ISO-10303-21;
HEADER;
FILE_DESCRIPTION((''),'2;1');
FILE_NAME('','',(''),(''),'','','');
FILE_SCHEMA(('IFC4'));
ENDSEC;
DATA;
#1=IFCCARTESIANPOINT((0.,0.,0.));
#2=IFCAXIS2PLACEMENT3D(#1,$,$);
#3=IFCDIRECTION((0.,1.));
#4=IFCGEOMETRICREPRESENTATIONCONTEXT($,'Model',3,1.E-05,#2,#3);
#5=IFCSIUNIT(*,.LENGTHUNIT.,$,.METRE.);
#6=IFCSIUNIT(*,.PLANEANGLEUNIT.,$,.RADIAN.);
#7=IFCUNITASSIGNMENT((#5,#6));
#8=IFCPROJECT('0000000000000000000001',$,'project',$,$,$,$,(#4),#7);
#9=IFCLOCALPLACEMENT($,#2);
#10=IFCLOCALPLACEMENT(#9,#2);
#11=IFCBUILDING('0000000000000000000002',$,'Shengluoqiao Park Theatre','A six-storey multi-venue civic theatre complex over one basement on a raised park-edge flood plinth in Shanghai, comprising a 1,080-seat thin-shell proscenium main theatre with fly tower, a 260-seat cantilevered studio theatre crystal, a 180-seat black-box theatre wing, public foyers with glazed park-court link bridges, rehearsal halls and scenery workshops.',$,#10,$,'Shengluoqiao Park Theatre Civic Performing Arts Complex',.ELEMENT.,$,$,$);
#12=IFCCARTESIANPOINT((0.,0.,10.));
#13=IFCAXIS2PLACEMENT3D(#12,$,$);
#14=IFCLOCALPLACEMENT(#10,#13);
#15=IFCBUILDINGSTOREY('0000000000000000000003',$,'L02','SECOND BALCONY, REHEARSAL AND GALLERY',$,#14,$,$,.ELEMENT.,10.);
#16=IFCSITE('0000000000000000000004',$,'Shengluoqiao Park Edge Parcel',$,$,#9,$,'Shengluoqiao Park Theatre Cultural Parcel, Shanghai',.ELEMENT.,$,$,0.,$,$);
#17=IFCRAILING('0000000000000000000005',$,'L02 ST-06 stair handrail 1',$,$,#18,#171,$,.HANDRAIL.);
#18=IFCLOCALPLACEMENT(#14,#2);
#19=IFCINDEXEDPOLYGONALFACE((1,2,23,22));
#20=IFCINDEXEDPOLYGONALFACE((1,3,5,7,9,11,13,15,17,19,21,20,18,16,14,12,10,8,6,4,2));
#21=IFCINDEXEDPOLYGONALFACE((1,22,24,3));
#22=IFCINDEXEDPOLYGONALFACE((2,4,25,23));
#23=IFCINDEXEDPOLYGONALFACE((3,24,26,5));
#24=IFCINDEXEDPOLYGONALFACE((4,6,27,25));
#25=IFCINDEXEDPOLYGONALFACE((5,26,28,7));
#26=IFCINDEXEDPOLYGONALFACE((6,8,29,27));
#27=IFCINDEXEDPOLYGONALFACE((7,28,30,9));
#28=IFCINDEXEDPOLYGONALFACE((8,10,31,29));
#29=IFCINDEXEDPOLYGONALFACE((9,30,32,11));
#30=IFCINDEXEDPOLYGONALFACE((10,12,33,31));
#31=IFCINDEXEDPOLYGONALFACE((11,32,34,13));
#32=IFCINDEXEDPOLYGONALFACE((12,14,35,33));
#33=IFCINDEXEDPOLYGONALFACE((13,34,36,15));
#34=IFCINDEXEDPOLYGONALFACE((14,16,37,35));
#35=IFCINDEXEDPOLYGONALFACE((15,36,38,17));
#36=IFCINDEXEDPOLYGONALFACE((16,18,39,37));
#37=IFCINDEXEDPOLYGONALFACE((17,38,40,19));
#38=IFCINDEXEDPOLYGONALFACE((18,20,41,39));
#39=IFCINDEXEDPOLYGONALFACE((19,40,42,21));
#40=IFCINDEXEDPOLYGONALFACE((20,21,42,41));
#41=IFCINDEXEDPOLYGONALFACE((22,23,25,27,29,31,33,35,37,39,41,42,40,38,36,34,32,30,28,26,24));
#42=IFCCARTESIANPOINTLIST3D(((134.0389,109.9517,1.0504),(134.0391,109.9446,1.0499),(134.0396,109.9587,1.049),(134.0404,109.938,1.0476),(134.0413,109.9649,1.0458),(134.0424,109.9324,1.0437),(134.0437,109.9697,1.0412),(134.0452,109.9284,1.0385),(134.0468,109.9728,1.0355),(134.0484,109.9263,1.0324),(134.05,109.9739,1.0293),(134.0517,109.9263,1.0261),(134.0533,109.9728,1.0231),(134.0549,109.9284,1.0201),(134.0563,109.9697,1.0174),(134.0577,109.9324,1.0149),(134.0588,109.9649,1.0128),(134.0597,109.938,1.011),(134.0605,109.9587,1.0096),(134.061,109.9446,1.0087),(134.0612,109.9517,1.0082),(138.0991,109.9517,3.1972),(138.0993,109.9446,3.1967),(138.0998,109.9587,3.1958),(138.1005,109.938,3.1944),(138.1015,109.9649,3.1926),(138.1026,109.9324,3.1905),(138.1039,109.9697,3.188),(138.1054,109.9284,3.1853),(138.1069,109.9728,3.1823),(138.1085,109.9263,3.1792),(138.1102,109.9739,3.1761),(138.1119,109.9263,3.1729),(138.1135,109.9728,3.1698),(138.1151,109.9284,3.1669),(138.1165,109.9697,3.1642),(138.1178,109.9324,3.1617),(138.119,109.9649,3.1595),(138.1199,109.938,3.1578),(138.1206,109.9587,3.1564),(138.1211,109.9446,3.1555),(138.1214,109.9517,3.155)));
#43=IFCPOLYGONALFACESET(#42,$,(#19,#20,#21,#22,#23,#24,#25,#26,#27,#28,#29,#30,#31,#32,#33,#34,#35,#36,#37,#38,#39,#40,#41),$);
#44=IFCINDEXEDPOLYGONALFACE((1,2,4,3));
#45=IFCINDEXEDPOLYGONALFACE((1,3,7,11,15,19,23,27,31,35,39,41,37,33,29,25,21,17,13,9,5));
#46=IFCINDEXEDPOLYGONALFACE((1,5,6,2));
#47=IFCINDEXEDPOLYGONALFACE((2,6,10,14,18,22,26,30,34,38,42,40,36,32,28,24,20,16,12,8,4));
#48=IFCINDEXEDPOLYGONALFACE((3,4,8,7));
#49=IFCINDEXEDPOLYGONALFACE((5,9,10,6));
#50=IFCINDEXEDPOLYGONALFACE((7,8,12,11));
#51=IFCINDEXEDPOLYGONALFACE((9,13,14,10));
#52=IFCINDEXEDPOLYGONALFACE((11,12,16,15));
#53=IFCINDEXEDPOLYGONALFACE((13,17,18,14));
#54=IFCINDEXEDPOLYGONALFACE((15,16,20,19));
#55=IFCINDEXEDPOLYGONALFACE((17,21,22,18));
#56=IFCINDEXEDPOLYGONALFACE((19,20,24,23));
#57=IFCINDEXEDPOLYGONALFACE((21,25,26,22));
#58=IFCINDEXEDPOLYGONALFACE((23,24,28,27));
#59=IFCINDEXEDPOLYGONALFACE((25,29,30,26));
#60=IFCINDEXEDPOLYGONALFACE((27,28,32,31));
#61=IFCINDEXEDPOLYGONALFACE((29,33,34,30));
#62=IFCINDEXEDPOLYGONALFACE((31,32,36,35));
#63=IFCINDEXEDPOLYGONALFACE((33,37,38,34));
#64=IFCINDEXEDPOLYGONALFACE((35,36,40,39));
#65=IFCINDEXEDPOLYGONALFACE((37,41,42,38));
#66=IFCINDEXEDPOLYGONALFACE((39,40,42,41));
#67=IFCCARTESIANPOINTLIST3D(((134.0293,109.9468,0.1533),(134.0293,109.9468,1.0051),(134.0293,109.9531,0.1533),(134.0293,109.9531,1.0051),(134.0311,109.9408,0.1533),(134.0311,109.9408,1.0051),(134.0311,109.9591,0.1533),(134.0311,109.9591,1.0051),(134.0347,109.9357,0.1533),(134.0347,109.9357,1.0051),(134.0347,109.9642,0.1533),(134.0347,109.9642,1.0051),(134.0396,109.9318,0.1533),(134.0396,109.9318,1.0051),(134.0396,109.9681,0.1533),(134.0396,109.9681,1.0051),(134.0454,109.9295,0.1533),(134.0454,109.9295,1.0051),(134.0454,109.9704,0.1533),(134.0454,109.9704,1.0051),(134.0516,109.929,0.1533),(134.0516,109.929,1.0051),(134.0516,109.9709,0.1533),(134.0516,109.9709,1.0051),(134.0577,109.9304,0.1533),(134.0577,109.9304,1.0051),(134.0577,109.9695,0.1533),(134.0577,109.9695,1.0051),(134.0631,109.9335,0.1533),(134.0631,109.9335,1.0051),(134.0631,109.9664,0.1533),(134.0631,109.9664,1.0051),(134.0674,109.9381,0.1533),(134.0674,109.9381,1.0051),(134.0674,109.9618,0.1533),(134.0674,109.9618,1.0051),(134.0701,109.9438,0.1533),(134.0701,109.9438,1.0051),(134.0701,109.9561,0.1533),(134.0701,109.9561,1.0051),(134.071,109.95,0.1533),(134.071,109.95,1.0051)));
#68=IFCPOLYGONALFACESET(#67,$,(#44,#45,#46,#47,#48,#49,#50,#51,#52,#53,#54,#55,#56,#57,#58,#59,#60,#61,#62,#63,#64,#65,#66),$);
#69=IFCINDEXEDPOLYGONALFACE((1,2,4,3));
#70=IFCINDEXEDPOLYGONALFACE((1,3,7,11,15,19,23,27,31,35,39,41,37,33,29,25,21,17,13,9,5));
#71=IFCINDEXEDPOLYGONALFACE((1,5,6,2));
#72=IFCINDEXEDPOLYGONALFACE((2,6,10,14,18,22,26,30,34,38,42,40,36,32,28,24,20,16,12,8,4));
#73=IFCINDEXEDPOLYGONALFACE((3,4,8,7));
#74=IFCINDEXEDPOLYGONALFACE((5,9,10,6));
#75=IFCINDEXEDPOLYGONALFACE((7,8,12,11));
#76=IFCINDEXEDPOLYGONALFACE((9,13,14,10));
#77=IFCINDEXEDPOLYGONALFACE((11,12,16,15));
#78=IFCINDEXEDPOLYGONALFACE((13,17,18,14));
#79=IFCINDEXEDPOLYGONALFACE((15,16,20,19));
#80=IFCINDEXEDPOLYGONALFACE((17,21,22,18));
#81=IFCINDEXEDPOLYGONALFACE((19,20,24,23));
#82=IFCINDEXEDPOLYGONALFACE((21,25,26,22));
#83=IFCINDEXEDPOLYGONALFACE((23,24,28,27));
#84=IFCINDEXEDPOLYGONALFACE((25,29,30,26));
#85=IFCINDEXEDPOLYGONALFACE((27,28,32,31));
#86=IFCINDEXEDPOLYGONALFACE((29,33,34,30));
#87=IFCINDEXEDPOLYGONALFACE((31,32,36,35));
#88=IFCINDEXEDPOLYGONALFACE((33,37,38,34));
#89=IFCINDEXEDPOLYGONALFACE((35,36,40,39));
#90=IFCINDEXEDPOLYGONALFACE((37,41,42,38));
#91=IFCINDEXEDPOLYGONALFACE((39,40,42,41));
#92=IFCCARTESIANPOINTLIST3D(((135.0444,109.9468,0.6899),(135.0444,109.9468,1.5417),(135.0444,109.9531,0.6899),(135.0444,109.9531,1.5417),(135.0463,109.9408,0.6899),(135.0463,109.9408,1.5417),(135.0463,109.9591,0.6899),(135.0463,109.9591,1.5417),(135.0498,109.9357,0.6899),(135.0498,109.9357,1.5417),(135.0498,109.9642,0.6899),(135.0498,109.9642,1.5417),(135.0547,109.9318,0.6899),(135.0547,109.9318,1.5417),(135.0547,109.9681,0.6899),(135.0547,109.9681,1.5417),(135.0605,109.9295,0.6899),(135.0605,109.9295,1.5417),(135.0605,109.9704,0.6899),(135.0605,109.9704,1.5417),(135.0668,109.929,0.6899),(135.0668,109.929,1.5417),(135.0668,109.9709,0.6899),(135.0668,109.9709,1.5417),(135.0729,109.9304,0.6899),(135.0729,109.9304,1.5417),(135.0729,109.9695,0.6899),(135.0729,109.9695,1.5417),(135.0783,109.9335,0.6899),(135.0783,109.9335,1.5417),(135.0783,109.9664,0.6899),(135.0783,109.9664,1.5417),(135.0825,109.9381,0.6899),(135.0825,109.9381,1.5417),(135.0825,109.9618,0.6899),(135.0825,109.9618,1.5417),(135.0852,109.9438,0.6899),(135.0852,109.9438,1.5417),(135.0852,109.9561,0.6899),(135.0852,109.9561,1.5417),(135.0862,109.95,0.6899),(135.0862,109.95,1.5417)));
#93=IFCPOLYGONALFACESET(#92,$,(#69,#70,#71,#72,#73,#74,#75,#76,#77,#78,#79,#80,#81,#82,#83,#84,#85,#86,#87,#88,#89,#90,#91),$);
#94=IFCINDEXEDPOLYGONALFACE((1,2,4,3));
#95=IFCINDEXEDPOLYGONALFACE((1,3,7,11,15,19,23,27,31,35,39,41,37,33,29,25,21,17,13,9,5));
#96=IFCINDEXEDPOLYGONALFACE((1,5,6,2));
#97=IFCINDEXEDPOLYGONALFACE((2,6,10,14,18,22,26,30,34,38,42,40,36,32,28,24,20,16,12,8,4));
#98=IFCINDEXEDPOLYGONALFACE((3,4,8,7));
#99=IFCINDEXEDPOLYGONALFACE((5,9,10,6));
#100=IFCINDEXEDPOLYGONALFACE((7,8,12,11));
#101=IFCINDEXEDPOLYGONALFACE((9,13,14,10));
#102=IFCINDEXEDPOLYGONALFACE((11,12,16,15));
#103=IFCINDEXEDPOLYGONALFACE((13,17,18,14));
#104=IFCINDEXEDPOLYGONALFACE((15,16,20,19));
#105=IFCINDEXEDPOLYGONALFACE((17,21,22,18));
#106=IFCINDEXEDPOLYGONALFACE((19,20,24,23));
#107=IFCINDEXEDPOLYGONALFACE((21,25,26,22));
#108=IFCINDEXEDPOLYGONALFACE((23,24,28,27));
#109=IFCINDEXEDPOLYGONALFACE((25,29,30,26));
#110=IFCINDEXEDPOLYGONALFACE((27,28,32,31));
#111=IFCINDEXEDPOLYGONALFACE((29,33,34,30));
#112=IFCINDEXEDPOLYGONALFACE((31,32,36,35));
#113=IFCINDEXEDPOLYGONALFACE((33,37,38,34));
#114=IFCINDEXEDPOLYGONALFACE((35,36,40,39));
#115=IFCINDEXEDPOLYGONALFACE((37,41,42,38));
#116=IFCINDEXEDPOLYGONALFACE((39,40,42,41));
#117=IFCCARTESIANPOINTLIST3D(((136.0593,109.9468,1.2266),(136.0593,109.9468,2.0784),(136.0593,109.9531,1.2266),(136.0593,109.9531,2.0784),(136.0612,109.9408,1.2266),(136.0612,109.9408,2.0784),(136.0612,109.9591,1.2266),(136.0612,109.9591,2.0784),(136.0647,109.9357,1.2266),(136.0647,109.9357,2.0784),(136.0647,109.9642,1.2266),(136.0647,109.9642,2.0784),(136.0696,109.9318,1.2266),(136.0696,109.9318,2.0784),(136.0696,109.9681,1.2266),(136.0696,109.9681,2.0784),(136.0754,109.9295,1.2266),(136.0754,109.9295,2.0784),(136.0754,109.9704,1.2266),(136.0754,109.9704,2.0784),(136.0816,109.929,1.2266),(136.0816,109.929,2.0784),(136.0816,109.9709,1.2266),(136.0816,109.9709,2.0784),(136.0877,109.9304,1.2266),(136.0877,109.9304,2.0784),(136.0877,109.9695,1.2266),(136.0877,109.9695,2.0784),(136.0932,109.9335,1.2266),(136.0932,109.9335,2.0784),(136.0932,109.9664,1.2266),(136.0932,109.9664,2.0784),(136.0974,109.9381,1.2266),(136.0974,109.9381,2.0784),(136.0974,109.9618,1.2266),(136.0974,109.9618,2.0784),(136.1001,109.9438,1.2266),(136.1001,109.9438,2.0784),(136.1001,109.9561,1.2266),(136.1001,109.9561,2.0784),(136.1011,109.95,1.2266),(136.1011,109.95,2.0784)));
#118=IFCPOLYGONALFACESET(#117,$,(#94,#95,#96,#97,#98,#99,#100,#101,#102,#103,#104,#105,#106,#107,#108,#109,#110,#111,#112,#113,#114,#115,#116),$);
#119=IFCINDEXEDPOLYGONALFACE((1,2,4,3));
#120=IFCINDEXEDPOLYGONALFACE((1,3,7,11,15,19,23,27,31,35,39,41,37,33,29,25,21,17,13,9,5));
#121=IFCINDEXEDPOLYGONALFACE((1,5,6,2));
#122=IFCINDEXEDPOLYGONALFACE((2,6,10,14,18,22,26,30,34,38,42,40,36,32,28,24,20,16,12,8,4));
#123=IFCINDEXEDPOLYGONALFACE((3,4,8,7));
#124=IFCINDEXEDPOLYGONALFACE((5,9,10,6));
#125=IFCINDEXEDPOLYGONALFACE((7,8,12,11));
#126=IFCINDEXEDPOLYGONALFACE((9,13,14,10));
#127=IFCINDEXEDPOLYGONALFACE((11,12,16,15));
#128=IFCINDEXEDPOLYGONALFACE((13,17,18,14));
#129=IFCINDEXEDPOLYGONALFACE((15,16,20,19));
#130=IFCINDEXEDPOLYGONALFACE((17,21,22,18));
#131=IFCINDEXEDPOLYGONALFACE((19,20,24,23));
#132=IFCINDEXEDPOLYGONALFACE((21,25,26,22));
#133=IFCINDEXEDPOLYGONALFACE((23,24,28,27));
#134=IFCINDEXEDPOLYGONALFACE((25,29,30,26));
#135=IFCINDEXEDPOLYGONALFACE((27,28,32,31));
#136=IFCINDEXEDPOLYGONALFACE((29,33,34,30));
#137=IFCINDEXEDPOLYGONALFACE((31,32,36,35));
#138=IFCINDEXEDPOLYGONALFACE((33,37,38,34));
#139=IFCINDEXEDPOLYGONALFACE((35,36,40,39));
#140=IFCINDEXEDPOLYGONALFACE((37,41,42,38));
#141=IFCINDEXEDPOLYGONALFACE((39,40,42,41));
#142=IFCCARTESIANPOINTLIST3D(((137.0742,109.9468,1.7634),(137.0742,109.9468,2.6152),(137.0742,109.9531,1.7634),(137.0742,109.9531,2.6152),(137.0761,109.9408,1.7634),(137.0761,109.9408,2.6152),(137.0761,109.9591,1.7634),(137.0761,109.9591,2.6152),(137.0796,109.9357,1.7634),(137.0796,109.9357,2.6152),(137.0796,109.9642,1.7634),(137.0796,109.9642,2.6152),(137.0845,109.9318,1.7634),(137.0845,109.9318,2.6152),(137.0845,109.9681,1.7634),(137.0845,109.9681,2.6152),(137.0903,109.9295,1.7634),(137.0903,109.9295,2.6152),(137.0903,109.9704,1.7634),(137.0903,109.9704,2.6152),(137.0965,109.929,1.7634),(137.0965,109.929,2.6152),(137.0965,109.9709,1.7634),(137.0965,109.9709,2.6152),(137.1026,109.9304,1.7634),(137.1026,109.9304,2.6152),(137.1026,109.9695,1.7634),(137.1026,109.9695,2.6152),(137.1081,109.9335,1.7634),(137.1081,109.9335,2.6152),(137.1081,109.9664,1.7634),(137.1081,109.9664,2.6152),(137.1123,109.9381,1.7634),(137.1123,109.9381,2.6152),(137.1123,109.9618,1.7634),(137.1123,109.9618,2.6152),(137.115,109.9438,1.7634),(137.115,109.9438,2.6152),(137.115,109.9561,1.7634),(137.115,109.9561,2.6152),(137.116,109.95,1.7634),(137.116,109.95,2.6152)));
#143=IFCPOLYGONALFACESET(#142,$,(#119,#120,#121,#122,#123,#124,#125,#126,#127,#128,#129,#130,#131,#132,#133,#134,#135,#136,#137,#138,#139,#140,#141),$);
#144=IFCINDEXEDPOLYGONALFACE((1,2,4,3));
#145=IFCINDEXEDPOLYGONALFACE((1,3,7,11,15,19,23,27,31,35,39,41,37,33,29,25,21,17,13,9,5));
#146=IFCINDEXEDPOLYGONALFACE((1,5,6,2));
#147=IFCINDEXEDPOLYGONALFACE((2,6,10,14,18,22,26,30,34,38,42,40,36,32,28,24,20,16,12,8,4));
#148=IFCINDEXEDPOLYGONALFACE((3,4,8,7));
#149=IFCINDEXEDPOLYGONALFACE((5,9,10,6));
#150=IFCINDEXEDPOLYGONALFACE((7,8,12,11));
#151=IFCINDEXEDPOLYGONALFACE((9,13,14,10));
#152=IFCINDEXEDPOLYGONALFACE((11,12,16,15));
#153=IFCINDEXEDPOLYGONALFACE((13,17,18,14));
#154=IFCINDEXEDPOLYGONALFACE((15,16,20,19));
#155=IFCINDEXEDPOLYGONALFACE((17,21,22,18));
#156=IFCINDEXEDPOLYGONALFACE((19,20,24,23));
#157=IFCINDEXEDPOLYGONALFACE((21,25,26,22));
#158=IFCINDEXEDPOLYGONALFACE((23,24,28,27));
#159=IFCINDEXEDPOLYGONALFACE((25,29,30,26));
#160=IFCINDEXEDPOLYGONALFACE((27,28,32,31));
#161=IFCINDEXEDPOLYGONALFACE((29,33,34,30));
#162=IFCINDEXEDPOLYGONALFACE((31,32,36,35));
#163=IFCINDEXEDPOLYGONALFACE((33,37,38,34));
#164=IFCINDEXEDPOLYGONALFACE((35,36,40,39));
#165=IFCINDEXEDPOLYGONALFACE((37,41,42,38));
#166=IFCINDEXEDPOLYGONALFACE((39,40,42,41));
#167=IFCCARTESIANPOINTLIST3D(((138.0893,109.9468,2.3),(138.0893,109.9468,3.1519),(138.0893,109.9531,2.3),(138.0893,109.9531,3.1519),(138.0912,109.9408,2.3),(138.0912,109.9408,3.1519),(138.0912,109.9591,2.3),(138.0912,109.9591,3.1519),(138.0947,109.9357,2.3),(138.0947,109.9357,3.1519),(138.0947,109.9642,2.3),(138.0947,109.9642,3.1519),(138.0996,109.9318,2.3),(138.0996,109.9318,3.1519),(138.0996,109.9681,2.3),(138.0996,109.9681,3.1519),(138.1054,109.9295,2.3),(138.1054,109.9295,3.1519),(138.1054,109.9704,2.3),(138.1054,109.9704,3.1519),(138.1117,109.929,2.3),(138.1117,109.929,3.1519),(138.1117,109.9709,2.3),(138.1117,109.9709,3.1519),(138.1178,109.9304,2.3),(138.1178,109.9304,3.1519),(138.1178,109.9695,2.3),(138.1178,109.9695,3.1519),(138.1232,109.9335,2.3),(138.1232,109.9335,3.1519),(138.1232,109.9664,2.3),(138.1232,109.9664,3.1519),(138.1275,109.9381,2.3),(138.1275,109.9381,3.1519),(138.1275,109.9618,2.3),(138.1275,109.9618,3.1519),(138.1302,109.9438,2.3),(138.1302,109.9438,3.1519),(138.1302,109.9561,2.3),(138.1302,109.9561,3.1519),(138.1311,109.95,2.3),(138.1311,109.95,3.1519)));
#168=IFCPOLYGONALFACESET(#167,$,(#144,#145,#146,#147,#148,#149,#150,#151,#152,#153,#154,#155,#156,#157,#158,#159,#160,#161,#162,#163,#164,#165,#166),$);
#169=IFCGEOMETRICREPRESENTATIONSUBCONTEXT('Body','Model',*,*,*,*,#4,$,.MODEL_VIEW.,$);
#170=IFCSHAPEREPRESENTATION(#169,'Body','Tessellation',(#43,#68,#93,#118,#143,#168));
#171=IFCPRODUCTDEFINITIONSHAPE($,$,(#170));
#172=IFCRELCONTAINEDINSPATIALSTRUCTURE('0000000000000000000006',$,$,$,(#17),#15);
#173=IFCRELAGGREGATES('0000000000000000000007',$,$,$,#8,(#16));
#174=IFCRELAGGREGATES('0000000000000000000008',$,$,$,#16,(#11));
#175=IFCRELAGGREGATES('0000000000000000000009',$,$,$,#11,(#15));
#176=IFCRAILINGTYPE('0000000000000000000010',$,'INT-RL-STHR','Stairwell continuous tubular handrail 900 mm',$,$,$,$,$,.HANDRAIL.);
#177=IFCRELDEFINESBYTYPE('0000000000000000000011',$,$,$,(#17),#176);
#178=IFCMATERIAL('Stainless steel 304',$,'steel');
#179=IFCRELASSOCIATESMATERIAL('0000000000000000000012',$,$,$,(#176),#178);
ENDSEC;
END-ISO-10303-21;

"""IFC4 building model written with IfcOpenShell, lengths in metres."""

from ifc_helpers import new_model, si_unit, direction, frame, origin, origin_2d, place, context, subcontext, project, spatial, circle, extrude, material, type_object, element, save


model = new_model("IFC4")

# Units and contexts
model_context = context("Model", 3, precision=1e-05, world=origin(), true_north=direction((0.0, 1.0)))
body_context = subcontext(model_context, "Body", "Model", "MODEL_VIEW")
ifc_project = project(units=[si_unit("LENGTHUNIT", "METRE"), si_unit("PLANEANGLEUNIT", "RADIAN")], contexts=[model_context])

# Site, building, storey
site_placement = place(None, origin())
site = spatial("IfcSite", under=ifc_project, at=site_placement, Name="Shengluoqiao Park Edge Parcel", LongName="Shengluoqiao Park Theatre Cultural Parcel, Shanghai", CompositionType="ELEMENT", RefElevation=0.0)
building_placement = place(site_placement, origin())
building = spatial("IfcBuilding", under=site, at=building_placement, Name="Shengluoqiao Park Theatre", Description="A six-storey multi-venue civic theatre complex over one basement on a raised park-edge flood plinth in Shanghai, comprising a 1,080-seat thin-shell proscenium main theatre with fly tower, a 260-seat cantilevered studio theatre crystal, a 180-seat black-box theatre wing, public foyers with glazed park-court link bridges, rehearsal halls and scenery workshops.", LongName="Shengluoqiao Park Theatre Civic Performing Arts Complex", CompositionType="ELEMENT")
storey_placement = place(building_placement, frame((0.0, 0.0, 10.0)))
storey = spatial("IfcBuildingStorey", under=building, at=storey_placement, Name="L02", Description="SECOND BALCONY, REHEARSAL AND GALLERY", CompositionType="ELEMENT", Elevation=10.0)

# Railing
ifc_material_1 = material(Name="Stainless steel 304", Category="steel")
railing_type_1 = type_object("IfcRailingType", Name="INT-RL-STHR", Description="Stairwell continuous tubular handrail 900 mm", PredefinedType="HANDRAIL", material=ifc_material_1)
railing_1_placement = place(storey_placement, frame((134.05, 109.95, 0.1533)))
element("IfcRailing", 1, at=railing_1_placement, inside=storey, type_object=railing_type_1, Name="L02 ST-06 stair handrail 1", PredefinedType="HANDRAIL", context=body_context, shape_type="SweptSolid", body=[
    extrude(circle(Radius=0.0239, at=origin_2d()), frame((0.0, 0.0, 0.876), z_axis=(0.884032, 0.0, 0.467426), x_axis=(0.0, 1.0, 0.0)), (0.0, 0.0, 1.0), 4.5928),
    extrude(circle(Radius=0.021, at=origin_2d()), origin(), (0.0, 0.0, 1.0), 0.8518),
    extrude(circle(Radius=0.021, at=origin_2d()), frame((1.0151, 0.0, 0.5366)), (0.0, 0.0, 1.0), 0.8518),
    extrude(circle(Radius=0.021, at=origin_2d()), frame((2.03, 0.0, 1.0732)), (0.0, 0.0, 1.0), 0.8518),
    extrude(circle(Radius=0.021, at=origin_2d()), frame((3.0449, 0.0, 1.6101)), (0.0, 0.0, 1.0), 0.8518),
    extrude(circle(Radius=0.021, at=origin_2d()), frame((4.0601, 0.0, 2.1467)), (0.0, 0.0, 1.0), 0.8518),
])

save(model, "model.ifc")
